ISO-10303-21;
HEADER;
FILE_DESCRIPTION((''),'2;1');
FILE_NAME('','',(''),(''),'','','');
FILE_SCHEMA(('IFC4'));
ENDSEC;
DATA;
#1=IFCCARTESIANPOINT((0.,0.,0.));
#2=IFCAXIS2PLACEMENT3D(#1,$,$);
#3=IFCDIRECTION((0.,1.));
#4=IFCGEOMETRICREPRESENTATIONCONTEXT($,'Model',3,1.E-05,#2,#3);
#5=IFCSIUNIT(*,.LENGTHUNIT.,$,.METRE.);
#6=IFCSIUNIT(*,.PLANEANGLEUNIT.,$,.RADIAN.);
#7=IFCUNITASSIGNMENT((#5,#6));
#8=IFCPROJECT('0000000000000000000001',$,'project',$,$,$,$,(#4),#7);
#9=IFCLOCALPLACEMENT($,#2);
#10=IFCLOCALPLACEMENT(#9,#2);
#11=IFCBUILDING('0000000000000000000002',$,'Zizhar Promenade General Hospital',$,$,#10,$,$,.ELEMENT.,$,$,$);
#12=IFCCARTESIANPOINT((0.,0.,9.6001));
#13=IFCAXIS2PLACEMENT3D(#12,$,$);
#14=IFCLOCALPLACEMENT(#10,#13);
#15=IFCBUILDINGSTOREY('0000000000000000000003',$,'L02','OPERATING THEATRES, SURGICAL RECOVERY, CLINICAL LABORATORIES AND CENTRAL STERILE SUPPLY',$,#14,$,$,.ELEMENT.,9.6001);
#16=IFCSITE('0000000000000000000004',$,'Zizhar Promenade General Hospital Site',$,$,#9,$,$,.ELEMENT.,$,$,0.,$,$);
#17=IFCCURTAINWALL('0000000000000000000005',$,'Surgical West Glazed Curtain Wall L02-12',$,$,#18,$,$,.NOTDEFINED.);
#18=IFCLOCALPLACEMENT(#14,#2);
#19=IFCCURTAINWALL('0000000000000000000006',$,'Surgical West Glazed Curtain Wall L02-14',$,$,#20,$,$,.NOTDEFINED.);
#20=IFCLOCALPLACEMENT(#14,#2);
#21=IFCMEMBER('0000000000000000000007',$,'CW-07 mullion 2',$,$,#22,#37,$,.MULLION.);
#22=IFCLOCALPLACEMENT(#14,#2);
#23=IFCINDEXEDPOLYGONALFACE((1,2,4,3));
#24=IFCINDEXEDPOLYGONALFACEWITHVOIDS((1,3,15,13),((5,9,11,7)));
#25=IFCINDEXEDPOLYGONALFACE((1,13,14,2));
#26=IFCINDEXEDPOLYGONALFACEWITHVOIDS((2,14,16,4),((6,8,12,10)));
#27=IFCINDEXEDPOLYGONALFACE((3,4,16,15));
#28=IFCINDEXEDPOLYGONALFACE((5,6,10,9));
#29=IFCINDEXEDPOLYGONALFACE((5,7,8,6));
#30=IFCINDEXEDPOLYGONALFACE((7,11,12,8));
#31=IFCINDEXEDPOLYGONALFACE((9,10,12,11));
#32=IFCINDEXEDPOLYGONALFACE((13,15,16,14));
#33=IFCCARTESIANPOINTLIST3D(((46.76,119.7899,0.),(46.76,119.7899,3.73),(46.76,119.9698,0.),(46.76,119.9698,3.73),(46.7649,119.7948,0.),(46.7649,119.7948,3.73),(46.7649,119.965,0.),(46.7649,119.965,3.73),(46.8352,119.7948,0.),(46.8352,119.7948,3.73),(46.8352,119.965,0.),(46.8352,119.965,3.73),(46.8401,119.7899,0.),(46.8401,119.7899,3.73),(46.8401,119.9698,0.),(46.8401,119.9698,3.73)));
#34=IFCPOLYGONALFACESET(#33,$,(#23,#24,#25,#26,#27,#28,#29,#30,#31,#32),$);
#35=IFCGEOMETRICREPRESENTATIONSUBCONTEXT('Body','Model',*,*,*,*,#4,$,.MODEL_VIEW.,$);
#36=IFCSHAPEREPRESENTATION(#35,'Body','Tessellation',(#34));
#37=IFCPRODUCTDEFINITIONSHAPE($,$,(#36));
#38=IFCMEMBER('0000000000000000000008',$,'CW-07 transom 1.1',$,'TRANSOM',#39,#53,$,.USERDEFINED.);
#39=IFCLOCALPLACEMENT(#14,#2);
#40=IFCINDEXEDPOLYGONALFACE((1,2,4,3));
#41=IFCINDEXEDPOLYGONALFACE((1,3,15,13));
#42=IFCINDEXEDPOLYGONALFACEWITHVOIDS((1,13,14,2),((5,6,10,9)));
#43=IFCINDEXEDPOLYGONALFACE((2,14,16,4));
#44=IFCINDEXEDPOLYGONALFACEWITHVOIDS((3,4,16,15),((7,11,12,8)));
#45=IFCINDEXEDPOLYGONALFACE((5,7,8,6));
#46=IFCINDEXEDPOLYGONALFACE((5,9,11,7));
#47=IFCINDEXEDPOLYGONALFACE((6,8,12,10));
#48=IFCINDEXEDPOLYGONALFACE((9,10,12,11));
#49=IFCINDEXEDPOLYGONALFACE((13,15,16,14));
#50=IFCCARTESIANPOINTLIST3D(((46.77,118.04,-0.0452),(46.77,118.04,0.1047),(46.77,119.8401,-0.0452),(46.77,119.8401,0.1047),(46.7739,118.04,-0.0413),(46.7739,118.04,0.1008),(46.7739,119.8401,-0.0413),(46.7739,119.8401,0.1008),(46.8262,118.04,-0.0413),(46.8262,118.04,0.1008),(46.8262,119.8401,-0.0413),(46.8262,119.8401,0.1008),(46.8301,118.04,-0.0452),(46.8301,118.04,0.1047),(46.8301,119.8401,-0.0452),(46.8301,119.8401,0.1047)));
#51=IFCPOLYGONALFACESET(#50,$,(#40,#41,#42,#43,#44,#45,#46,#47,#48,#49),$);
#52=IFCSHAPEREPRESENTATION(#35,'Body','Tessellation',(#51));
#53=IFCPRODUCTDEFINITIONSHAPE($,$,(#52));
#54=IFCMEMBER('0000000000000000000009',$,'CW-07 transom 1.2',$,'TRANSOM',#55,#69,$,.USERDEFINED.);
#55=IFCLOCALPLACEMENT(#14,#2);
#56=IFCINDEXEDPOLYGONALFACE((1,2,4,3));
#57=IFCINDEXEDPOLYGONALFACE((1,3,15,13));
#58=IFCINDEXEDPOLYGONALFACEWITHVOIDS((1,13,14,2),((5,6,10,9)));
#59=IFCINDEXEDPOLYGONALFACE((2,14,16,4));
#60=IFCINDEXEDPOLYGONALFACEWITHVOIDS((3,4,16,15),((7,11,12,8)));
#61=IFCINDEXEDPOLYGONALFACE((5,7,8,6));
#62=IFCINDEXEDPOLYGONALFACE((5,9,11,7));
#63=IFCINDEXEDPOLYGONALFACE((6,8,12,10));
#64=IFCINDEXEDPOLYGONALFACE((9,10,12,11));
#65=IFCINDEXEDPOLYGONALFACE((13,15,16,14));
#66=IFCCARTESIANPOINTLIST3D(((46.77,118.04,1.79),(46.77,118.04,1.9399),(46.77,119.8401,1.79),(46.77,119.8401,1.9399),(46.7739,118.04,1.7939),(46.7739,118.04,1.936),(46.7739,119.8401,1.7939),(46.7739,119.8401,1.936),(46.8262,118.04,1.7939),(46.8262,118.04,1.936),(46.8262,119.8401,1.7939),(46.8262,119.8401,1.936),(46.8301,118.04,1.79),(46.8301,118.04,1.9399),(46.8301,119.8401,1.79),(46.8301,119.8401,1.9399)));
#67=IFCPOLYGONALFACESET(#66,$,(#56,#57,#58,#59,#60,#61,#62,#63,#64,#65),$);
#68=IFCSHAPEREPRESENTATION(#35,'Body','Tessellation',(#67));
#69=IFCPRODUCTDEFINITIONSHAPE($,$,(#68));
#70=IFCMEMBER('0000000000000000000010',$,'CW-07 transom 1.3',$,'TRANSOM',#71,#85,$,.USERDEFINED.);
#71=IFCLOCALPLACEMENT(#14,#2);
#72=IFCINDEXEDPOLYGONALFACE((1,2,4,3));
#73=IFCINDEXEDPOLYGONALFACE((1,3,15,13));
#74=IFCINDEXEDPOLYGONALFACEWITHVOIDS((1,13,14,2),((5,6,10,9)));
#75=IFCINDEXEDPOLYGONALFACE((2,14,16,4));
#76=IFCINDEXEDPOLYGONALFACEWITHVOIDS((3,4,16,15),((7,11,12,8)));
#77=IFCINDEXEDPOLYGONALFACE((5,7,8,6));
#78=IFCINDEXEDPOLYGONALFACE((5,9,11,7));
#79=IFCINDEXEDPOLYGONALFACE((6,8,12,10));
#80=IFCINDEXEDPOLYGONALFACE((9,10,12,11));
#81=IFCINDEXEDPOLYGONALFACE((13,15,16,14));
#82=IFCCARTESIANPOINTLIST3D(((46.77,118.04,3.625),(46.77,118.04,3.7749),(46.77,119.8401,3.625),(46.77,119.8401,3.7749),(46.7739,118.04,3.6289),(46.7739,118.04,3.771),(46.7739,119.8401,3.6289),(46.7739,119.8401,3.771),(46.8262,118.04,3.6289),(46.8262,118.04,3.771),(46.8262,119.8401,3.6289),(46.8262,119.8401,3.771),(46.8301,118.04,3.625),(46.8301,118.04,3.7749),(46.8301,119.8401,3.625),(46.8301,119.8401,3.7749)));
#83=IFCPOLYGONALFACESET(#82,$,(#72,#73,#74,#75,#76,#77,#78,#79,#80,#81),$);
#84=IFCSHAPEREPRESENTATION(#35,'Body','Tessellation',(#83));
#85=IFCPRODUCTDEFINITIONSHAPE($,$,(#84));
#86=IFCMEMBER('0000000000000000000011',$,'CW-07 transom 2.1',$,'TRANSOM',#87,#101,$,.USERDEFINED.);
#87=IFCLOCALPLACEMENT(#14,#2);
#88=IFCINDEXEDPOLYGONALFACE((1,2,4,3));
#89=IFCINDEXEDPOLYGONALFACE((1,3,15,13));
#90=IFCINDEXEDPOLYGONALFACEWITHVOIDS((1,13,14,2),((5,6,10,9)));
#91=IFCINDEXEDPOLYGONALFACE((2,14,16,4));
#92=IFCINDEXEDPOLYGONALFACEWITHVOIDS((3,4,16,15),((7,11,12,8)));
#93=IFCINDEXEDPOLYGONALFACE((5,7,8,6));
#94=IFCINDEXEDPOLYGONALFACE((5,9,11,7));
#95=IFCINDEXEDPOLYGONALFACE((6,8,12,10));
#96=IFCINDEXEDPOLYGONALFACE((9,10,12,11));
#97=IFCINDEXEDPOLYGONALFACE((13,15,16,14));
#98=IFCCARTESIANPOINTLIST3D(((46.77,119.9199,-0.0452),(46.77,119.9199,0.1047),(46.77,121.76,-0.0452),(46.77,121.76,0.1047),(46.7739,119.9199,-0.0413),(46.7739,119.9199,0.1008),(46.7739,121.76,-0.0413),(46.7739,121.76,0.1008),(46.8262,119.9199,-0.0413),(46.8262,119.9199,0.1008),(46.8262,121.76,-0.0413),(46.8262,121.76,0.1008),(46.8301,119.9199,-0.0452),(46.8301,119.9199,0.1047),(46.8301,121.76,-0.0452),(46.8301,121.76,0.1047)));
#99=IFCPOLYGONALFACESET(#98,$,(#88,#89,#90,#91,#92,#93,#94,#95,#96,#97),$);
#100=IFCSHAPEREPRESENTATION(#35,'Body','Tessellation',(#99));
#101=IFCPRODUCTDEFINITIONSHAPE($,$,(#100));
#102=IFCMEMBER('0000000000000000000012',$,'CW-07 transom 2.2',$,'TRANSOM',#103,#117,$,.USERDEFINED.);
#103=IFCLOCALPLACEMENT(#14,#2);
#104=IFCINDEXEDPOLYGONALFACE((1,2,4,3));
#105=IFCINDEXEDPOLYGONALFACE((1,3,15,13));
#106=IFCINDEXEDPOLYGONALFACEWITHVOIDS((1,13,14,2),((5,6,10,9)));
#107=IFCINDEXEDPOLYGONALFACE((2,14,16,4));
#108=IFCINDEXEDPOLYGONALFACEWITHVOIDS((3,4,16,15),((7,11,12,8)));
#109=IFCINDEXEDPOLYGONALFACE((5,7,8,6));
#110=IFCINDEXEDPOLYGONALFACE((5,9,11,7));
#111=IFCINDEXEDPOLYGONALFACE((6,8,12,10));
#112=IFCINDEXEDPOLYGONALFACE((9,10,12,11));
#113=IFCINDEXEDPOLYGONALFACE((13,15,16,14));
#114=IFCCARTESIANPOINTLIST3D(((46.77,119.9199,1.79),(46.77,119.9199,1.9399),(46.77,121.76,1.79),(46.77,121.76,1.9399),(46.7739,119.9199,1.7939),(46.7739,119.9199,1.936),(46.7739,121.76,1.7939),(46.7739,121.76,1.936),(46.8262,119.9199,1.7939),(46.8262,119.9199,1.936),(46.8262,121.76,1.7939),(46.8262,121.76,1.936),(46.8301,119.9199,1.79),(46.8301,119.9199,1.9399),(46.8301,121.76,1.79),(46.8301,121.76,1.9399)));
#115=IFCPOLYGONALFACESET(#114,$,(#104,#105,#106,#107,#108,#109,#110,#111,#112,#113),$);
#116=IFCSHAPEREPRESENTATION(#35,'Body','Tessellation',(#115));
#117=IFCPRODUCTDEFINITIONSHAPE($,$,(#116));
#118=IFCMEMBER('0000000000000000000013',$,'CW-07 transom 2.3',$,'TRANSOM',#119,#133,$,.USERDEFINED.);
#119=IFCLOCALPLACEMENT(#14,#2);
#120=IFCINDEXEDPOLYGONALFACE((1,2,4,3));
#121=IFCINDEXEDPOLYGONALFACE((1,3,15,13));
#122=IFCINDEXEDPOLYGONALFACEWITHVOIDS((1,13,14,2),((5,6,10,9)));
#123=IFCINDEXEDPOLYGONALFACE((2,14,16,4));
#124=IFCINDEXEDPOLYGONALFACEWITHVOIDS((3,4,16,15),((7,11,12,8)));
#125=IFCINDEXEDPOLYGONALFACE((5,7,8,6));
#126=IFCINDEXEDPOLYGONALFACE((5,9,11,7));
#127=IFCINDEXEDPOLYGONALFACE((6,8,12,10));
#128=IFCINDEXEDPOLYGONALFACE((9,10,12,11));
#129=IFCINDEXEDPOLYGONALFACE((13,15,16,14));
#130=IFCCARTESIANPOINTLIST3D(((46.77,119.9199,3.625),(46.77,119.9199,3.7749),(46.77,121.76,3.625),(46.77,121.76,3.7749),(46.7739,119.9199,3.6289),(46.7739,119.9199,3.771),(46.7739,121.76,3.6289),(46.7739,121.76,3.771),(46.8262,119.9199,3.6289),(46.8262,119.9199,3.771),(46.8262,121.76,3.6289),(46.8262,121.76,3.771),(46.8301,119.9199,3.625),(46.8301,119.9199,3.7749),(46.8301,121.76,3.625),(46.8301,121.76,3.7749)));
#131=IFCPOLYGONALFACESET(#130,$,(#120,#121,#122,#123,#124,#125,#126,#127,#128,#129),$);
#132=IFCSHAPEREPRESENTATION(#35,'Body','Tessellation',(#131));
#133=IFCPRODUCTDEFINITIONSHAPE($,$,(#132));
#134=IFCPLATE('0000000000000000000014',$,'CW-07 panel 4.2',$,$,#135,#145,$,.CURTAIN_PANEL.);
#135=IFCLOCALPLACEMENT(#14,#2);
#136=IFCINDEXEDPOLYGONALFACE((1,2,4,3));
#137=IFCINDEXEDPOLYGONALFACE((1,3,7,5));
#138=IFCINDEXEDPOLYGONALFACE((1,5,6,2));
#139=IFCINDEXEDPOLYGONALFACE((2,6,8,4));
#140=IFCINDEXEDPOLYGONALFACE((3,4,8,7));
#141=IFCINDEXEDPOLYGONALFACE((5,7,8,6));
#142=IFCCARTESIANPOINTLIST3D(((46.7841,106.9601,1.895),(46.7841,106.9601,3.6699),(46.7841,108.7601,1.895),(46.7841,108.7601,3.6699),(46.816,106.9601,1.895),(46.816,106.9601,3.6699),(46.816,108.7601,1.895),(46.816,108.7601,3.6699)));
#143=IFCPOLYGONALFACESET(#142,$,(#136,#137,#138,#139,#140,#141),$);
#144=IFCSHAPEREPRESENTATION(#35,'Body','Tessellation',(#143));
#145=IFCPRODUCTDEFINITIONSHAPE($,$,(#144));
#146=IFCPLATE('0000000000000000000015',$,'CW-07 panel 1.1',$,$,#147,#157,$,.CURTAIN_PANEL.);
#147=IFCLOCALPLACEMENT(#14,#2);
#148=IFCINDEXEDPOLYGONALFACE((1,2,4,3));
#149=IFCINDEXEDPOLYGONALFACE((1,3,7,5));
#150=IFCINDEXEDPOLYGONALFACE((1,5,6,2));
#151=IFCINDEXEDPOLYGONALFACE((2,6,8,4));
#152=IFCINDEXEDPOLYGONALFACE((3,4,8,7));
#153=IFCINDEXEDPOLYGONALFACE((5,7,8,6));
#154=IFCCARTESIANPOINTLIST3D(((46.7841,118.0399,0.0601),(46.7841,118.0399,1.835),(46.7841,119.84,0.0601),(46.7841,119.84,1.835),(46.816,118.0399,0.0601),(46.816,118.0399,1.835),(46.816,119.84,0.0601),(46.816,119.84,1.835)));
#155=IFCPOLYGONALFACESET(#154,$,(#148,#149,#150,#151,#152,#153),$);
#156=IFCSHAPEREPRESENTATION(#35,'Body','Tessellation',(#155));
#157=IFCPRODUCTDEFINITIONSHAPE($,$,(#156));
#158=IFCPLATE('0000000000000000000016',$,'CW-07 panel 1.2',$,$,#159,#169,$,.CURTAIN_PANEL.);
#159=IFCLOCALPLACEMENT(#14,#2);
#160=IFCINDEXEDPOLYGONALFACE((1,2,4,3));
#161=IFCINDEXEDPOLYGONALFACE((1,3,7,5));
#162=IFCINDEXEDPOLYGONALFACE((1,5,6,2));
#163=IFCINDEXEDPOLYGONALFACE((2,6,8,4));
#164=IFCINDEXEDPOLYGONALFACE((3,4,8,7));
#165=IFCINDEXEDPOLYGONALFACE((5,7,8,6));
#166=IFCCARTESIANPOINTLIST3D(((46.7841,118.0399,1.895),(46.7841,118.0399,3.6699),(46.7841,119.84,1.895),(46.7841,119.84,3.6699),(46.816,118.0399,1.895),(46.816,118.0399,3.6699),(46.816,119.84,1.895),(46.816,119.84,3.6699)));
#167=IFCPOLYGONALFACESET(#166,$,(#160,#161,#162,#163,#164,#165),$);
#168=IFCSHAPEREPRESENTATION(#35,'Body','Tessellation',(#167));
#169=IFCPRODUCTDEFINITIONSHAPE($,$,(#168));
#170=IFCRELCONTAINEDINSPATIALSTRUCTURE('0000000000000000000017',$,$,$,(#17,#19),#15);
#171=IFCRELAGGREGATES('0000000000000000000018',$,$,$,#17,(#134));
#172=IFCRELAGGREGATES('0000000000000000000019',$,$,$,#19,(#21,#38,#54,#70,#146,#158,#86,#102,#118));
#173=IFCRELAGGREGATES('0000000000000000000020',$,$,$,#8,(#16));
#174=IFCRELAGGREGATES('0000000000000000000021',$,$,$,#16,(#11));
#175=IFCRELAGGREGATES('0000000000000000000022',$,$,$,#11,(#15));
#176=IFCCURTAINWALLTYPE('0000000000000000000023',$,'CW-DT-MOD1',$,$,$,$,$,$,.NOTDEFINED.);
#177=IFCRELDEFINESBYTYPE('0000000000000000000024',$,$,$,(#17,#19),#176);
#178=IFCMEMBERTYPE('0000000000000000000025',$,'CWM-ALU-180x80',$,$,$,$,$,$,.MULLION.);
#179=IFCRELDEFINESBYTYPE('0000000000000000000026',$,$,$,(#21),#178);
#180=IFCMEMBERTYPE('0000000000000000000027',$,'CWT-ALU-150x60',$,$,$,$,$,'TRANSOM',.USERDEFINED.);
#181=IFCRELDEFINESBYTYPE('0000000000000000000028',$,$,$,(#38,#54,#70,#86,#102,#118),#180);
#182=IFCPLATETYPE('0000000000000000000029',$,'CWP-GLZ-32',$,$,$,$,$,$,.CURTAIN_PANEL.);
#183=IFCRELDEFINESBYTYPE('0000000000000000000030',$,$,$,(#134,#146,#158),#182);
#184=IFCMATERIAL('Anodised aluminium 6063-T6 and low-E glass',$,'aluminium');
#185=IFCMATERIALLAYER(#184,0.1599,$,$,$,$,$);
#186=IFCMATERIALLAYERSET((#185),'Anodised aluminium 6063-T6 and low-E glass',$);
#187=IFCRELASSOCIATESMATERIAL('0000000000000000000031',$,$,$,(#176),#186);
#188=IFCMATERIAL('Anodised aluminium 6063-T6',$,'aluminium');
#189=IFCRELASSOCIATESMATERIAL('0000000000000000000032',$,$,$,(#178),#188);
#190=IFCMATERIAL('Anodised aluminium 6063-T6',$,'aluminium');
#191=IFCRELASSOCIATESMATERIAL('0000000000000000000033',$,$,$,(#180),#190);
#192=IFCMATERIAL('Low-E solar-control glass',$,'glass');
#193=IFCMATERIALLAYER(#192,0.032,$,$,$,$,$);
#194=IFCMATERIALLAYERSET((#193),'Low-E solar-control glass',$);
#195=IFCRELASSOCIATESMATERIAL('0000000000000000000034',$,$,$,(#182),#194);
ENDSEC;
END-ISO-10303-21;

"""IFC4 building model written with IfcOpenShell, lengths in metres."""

from ifc_helpers import new_model, si_unit, direction, frame, origin, origin_2d, place, context, subcontext, project, spatial, rectangle, hollow_rectangle, extrude, material, layer, layer_set, material_profile, profile_set, type_object, element, aggregate, save


model = new_model("IFC4")

# Units and contexts
model_context = context("Model", 3, precision=1e-05, world=origin(), true_north=direction((0.0, 1.0)))
body_context = subcontext(model_context, "Body", "Model", "MODEL_VIEW")
ifc_project = project(units=[si_unit("LENGTHUNIT", "METRE"), si_unit("PLANEANGLEUNIT", "RADIAN")], contexts=[model_context])

# Site, building, storey
site_placement = place(None, origin())
site = spatial("IfcSite", under=ifc_project, at=site_placement, Name="Zizhar Promenade General Hospital Site", CompositionType="ELEMENT", RefElevation=0.0)
building_placement = place(site_placement, origin())
building = spatial("IfcBuilding", under=site, at=building_placement, Name="Zizhar Promenade General Hospital", CompositionType="ELEMENT")
storey_placement = place(building_placement, frame((0.0, 0.0, 9.6001)))
storey = spatial("IfcBuildingStorey", under=building, at=storey_placement, Name="L02", Description="OPERATING THEATRES, SURGICAL RECOVERY, CLINICAL LABORATORIES AND CENTRAL STERILE SUPPLY", CompositionType="ELEMENT", Elevation=9.6001)

# Curtain wall
ifc_material_1 = material(Name="Anodised aluminium 6063-T6 and low-E glass", Category="aluminium")
ifc_layer_1 = layer(ifc_material_1, 0.1599)
ifc_layer_set_1 = layer_set([ifc_layer_1], Name="Anodised aluminium 6063-T6 and low-E glass")
curtain_wall_type = type_object("IfcCurtainWallType", Name="CW-DT-MOD1", PredefinedType="NOTDEFINED", material=ifc_layer_set_1)
curtain_wall_1_placement = place(storey_placement, origin())
curtain_wall_1 = element("IfcCurtainWall", 1, at=curtain_wall_1_placement, inside=storey, type_object=curtain_wall_type, Name="Surgical West Glazed Curtain Wall L02-12", PredefinedType="NOTDEFINED")
ifc_material_2 = material(Name="Anodised aluminium 6063-T6", Category="aluminium")
ifc_material_profile_1 = material_profile(ifc_material_2, hollow_rectangle(XDim=0.0801, YDim=0.1799, WallThickness=0.0049, at=origin_2d()))
ifc_profile_set_1 = profile_set([ifc_material_profile_1], Name="Anodised aluminium 6063-T6")
member_type_1 = type_object("IfcMemberType", Name="CWM-ALU-180x80", PredefinedType="MULLION", material=ifc_profile_set_1)

# Curtain wall, members
curtain_wall_2_placement = place(storey_placement, origin())
curtain_wall_2 = element("IfcCurtainWall", 2, at=curtain_wall_2_placement, inside=storey, type_object=curtain_wall_type, Name="Surgical West Glazed Curtain Wall L02-14", PredefinedType="NOTDEFINED")
member_1_placement = place(storey_placement, frame((46.8, 119.8799, 0.0), z_axis=(0.0, 0.0, 1.0), x_axis=(-1.0, 0.0, 0.0)))
member_1 = element("IfcMember", 3, at=member_1_placement, type_object=member_type_1, Name="CW-07 mullion 2", PredefinedType="MULLION", context=body_context, shape_type="SweptSolid", body=[
    extrude(hollow_rectangle(XDim=0.0801, YDim=0.1799, WallThickness=0.0049, at=origin_2d()), origin(), (0.0, 0.0, 1.0), 3.73),
])
ifc_material_3 = material(Name="Anodised aluminium 6063-T6", Category="aluminium")
ifc_material_profile_2 = material_profile(ifc_material_3, hollow_rectangle(XDim=0.0601, YDim=0.1499, WallThickness=0.0039, at=origin_2d()))
ifc_profile_set_2 = profile_set([ifc_material_profile_2], Name="Anodised aluminium 6063-T6")
member_type_2 = type_object("IfcMemberType", Name="CWT-ALU-150x60", ElementType="TRANSOM", PredefinedType="USERDEFINED", material=ifc_profile_set_2)
member_2_placement = place(storey_placement, frame((46.8, 118.04, 0.0298), z_axis=(0.0, 1.0, 0.0), x_axis=(-1.0, 0.0, 0.0)))
member_2 = element("IfcMember", 4, at=member_2_placement, type_object=member_type_2, Name="CW-07 transom 1.1", ObjectType="TRANSOM", PredefinedType="USERDEFINED", context=body_context, shape_type="SweptSolid", body=[
    extrude(hollow_rectangle(XDim=0.0601, YDim=0.1499, WallThickness=0.0039, at=origin_2d()), origin(), (0.0, 0.0, 1.0), 1.8),
])
member_3_placement = place(storey_placement, frame((46.8, 118.04, 1.865), z_axis=(0.0, 1.0, 0.0), x_axis=(-1.0, 0.0, 0.0)))
member_3 = element("IfcMember", 5, at=member_3_placement, type_object=member_type_2, Name="CW-07 transom 1.2", ObjectType="TRANSOM", PredefinedType="USERDEFINED", context=body_context, shape_type="SweptSolid", body=[
    extrude(hollow_rectangle(XDim=0.0601, YDim=0.1499, WallThickness=0.0039, at=origin_2d()), origin(), (0.0, 0.0, 1.0), 1.8),
])
member_4_placement = place(storey_placement, frame((46.8, 118.04, 3.7), z_axis=(0.0, 1.0, 0.0), x_axis=(-1.0, 0.0, 0.0)))
member_4 = element("IfcMember", 6, at=member_4_placement, type_object=member_type_2, Name="CW-07 transom 1.3", ObjectType="TRANSOM", PredefinedType="USERDEFINED", context=body_context, shape_type="SweptSolid", body=[
    extrude(hollow_rectangle(XDim=0.0601, YDim=0.1499, WallThickness=0.0039, at=origin_2d()), origin(), (0.0, 0.0, 1.0), 1.8),
])
member_5_placement = place(storey_placement, frame((46.8, 119.9199, 0.0298), z_axis=(0.0, 1.0, 0.0), x_axis=(-1.0, 0.0, 0.0)))
member_5 = element("IfcMember", 7, at=member_5_placement, type_object=member_type_2, Name="CW-07 transom 2.1", ObjectType="TRANSOM", PredefinedType="USERDEFINED", context=body_context, shape_type="SweptSolid", body=[
    extrude(hollow_rectangle(XDim=0.0601, YDim=0.1499, WallThickness=0.0039, at=origin_2d()), origin(), (0.0, 0.0, 1.0), 1.8401),
])
member_6_placement = place(storey_placement, frame((46.8, 119.9199, 1.865), z_axis=(0.0, 1.0, 0.0), x_axis=(-1.0, 0.0, 0.0)))
member_6 = element("IfcMember", 8, at=member_6_placement, type_object=member_type_2, Name="CW-07 transom 2.2", ObjectType="TRANSOM", PredefinedType="USERDEFINED", context=body_context, shape_type="SweptSolid", body=[
    extrude(hollow_rectangle(XDim=0.0601, YDim=0.1499, WallThickness=0.0039, at=origin_2d()), origin(), (0.0, 0.0, 1.0), 1.8401),
])
member_7_placement = place(storey_placement, frame((46.8, 119.9199, 3.7), z_axis=(0.0, 1.0, 0.0), x_axis=(-1.0, 0.0, 0.0)))
member_7 = element("IfcMember", 9, at=member_7_placement, type_object=member_type_2, Name="CW-07 transom 2.3", ObjectType="TRANSOM", PredefinedType="USERDEFINED", context=body_context, shape_type="SweptSolid", body=[
    extrude(hollow_rectangle(XDim=0.0601, YDim=0.1499, WallThickness=0.0039, at=origin_2d()), origin(), (0.0, 0.0, 1.0), 1.8401),
])

# Plates
ifc_material_4 = material(Name="Low-E solar-control glass", Category="glass")
ifc_layer_2 = layer(ifc_material_4, 0.032)
ifc_layer_set_2 = layer_set([ifc_layer_2], Name="Low-E solar-control glass")
plate_type = type_object("IfcPlateType", Name="CWP-GLZ-32", PredefinedType="CURTAIN_PANEL", material=ifc_layer_set_2)
plate_1_placement = place(storey_placement, frame((46.8, 107.8601, 1.895), z_axis=(0.0, 0.0, 1.0), x_axis=(0.0, 1.0, 0.0)))
plate_1 = element("IfcPlate", 10, at=plate_1_placement, type_object=plate_type, Name="CW-07 panel 4.2", PredefinedType="CURTAIN_PANEL", context=body_context, shape_type="SweptSolid", body=[
    extrude(rectangle(XDim=1.8, YDim=0.032, at=origin_2d()), origin(), (0.0, 0.0, 1.0), 1.7749),
])
aggregate(curtain_wall_1, [plate_1])
plate_2_placement = place(storey_placement, frame((46.8, 118.9399, 0.0601), z_axis=(0.0, 0.0, 1.0), x_axis=(0.0, 1.0, 0.0)))
plate_2 = element("IfcPlate", 11, at=plate_2_placement, type_object=plate_type, Name="CW-07 panel 1.1", PredefinedType="CURTAIN_PANEL", context=body_context, shape_type="SweptSolid", body=[
    extrude(rectangle(XDim=1.8, YDim=0.032, at=origin_2d()), origin(), (0.0, 0.0, 1.0), 1.7749),
])
plate_3_placement = place(storey_placement, frame((46.8, 118.9399, 1.895), z_axis=(0.0, 0.0, 1.0), x_axis=(0.0, 1.0, 0.0)))
plate_3 = element("IfcPlate", 12, at=plate_3_placement, type_object=plate_type, Name="CW-07 panel 1.2", PredefinedType="CURTAIN_PANEL", context=body_context, shape_type="SweptSolid", body=[
    extrude(rectangle(XDim=1.8, YDim=0.032, at=origin_2d()), origin(), (0.0, 0.0, 1.0), 1.7749),
])
aggregate(curtain_wall_2, [member_1, member_2, member_3, member_4, plate_2, plate_3, member_5, member_6, member_7])

save(model, "model.ifc")
